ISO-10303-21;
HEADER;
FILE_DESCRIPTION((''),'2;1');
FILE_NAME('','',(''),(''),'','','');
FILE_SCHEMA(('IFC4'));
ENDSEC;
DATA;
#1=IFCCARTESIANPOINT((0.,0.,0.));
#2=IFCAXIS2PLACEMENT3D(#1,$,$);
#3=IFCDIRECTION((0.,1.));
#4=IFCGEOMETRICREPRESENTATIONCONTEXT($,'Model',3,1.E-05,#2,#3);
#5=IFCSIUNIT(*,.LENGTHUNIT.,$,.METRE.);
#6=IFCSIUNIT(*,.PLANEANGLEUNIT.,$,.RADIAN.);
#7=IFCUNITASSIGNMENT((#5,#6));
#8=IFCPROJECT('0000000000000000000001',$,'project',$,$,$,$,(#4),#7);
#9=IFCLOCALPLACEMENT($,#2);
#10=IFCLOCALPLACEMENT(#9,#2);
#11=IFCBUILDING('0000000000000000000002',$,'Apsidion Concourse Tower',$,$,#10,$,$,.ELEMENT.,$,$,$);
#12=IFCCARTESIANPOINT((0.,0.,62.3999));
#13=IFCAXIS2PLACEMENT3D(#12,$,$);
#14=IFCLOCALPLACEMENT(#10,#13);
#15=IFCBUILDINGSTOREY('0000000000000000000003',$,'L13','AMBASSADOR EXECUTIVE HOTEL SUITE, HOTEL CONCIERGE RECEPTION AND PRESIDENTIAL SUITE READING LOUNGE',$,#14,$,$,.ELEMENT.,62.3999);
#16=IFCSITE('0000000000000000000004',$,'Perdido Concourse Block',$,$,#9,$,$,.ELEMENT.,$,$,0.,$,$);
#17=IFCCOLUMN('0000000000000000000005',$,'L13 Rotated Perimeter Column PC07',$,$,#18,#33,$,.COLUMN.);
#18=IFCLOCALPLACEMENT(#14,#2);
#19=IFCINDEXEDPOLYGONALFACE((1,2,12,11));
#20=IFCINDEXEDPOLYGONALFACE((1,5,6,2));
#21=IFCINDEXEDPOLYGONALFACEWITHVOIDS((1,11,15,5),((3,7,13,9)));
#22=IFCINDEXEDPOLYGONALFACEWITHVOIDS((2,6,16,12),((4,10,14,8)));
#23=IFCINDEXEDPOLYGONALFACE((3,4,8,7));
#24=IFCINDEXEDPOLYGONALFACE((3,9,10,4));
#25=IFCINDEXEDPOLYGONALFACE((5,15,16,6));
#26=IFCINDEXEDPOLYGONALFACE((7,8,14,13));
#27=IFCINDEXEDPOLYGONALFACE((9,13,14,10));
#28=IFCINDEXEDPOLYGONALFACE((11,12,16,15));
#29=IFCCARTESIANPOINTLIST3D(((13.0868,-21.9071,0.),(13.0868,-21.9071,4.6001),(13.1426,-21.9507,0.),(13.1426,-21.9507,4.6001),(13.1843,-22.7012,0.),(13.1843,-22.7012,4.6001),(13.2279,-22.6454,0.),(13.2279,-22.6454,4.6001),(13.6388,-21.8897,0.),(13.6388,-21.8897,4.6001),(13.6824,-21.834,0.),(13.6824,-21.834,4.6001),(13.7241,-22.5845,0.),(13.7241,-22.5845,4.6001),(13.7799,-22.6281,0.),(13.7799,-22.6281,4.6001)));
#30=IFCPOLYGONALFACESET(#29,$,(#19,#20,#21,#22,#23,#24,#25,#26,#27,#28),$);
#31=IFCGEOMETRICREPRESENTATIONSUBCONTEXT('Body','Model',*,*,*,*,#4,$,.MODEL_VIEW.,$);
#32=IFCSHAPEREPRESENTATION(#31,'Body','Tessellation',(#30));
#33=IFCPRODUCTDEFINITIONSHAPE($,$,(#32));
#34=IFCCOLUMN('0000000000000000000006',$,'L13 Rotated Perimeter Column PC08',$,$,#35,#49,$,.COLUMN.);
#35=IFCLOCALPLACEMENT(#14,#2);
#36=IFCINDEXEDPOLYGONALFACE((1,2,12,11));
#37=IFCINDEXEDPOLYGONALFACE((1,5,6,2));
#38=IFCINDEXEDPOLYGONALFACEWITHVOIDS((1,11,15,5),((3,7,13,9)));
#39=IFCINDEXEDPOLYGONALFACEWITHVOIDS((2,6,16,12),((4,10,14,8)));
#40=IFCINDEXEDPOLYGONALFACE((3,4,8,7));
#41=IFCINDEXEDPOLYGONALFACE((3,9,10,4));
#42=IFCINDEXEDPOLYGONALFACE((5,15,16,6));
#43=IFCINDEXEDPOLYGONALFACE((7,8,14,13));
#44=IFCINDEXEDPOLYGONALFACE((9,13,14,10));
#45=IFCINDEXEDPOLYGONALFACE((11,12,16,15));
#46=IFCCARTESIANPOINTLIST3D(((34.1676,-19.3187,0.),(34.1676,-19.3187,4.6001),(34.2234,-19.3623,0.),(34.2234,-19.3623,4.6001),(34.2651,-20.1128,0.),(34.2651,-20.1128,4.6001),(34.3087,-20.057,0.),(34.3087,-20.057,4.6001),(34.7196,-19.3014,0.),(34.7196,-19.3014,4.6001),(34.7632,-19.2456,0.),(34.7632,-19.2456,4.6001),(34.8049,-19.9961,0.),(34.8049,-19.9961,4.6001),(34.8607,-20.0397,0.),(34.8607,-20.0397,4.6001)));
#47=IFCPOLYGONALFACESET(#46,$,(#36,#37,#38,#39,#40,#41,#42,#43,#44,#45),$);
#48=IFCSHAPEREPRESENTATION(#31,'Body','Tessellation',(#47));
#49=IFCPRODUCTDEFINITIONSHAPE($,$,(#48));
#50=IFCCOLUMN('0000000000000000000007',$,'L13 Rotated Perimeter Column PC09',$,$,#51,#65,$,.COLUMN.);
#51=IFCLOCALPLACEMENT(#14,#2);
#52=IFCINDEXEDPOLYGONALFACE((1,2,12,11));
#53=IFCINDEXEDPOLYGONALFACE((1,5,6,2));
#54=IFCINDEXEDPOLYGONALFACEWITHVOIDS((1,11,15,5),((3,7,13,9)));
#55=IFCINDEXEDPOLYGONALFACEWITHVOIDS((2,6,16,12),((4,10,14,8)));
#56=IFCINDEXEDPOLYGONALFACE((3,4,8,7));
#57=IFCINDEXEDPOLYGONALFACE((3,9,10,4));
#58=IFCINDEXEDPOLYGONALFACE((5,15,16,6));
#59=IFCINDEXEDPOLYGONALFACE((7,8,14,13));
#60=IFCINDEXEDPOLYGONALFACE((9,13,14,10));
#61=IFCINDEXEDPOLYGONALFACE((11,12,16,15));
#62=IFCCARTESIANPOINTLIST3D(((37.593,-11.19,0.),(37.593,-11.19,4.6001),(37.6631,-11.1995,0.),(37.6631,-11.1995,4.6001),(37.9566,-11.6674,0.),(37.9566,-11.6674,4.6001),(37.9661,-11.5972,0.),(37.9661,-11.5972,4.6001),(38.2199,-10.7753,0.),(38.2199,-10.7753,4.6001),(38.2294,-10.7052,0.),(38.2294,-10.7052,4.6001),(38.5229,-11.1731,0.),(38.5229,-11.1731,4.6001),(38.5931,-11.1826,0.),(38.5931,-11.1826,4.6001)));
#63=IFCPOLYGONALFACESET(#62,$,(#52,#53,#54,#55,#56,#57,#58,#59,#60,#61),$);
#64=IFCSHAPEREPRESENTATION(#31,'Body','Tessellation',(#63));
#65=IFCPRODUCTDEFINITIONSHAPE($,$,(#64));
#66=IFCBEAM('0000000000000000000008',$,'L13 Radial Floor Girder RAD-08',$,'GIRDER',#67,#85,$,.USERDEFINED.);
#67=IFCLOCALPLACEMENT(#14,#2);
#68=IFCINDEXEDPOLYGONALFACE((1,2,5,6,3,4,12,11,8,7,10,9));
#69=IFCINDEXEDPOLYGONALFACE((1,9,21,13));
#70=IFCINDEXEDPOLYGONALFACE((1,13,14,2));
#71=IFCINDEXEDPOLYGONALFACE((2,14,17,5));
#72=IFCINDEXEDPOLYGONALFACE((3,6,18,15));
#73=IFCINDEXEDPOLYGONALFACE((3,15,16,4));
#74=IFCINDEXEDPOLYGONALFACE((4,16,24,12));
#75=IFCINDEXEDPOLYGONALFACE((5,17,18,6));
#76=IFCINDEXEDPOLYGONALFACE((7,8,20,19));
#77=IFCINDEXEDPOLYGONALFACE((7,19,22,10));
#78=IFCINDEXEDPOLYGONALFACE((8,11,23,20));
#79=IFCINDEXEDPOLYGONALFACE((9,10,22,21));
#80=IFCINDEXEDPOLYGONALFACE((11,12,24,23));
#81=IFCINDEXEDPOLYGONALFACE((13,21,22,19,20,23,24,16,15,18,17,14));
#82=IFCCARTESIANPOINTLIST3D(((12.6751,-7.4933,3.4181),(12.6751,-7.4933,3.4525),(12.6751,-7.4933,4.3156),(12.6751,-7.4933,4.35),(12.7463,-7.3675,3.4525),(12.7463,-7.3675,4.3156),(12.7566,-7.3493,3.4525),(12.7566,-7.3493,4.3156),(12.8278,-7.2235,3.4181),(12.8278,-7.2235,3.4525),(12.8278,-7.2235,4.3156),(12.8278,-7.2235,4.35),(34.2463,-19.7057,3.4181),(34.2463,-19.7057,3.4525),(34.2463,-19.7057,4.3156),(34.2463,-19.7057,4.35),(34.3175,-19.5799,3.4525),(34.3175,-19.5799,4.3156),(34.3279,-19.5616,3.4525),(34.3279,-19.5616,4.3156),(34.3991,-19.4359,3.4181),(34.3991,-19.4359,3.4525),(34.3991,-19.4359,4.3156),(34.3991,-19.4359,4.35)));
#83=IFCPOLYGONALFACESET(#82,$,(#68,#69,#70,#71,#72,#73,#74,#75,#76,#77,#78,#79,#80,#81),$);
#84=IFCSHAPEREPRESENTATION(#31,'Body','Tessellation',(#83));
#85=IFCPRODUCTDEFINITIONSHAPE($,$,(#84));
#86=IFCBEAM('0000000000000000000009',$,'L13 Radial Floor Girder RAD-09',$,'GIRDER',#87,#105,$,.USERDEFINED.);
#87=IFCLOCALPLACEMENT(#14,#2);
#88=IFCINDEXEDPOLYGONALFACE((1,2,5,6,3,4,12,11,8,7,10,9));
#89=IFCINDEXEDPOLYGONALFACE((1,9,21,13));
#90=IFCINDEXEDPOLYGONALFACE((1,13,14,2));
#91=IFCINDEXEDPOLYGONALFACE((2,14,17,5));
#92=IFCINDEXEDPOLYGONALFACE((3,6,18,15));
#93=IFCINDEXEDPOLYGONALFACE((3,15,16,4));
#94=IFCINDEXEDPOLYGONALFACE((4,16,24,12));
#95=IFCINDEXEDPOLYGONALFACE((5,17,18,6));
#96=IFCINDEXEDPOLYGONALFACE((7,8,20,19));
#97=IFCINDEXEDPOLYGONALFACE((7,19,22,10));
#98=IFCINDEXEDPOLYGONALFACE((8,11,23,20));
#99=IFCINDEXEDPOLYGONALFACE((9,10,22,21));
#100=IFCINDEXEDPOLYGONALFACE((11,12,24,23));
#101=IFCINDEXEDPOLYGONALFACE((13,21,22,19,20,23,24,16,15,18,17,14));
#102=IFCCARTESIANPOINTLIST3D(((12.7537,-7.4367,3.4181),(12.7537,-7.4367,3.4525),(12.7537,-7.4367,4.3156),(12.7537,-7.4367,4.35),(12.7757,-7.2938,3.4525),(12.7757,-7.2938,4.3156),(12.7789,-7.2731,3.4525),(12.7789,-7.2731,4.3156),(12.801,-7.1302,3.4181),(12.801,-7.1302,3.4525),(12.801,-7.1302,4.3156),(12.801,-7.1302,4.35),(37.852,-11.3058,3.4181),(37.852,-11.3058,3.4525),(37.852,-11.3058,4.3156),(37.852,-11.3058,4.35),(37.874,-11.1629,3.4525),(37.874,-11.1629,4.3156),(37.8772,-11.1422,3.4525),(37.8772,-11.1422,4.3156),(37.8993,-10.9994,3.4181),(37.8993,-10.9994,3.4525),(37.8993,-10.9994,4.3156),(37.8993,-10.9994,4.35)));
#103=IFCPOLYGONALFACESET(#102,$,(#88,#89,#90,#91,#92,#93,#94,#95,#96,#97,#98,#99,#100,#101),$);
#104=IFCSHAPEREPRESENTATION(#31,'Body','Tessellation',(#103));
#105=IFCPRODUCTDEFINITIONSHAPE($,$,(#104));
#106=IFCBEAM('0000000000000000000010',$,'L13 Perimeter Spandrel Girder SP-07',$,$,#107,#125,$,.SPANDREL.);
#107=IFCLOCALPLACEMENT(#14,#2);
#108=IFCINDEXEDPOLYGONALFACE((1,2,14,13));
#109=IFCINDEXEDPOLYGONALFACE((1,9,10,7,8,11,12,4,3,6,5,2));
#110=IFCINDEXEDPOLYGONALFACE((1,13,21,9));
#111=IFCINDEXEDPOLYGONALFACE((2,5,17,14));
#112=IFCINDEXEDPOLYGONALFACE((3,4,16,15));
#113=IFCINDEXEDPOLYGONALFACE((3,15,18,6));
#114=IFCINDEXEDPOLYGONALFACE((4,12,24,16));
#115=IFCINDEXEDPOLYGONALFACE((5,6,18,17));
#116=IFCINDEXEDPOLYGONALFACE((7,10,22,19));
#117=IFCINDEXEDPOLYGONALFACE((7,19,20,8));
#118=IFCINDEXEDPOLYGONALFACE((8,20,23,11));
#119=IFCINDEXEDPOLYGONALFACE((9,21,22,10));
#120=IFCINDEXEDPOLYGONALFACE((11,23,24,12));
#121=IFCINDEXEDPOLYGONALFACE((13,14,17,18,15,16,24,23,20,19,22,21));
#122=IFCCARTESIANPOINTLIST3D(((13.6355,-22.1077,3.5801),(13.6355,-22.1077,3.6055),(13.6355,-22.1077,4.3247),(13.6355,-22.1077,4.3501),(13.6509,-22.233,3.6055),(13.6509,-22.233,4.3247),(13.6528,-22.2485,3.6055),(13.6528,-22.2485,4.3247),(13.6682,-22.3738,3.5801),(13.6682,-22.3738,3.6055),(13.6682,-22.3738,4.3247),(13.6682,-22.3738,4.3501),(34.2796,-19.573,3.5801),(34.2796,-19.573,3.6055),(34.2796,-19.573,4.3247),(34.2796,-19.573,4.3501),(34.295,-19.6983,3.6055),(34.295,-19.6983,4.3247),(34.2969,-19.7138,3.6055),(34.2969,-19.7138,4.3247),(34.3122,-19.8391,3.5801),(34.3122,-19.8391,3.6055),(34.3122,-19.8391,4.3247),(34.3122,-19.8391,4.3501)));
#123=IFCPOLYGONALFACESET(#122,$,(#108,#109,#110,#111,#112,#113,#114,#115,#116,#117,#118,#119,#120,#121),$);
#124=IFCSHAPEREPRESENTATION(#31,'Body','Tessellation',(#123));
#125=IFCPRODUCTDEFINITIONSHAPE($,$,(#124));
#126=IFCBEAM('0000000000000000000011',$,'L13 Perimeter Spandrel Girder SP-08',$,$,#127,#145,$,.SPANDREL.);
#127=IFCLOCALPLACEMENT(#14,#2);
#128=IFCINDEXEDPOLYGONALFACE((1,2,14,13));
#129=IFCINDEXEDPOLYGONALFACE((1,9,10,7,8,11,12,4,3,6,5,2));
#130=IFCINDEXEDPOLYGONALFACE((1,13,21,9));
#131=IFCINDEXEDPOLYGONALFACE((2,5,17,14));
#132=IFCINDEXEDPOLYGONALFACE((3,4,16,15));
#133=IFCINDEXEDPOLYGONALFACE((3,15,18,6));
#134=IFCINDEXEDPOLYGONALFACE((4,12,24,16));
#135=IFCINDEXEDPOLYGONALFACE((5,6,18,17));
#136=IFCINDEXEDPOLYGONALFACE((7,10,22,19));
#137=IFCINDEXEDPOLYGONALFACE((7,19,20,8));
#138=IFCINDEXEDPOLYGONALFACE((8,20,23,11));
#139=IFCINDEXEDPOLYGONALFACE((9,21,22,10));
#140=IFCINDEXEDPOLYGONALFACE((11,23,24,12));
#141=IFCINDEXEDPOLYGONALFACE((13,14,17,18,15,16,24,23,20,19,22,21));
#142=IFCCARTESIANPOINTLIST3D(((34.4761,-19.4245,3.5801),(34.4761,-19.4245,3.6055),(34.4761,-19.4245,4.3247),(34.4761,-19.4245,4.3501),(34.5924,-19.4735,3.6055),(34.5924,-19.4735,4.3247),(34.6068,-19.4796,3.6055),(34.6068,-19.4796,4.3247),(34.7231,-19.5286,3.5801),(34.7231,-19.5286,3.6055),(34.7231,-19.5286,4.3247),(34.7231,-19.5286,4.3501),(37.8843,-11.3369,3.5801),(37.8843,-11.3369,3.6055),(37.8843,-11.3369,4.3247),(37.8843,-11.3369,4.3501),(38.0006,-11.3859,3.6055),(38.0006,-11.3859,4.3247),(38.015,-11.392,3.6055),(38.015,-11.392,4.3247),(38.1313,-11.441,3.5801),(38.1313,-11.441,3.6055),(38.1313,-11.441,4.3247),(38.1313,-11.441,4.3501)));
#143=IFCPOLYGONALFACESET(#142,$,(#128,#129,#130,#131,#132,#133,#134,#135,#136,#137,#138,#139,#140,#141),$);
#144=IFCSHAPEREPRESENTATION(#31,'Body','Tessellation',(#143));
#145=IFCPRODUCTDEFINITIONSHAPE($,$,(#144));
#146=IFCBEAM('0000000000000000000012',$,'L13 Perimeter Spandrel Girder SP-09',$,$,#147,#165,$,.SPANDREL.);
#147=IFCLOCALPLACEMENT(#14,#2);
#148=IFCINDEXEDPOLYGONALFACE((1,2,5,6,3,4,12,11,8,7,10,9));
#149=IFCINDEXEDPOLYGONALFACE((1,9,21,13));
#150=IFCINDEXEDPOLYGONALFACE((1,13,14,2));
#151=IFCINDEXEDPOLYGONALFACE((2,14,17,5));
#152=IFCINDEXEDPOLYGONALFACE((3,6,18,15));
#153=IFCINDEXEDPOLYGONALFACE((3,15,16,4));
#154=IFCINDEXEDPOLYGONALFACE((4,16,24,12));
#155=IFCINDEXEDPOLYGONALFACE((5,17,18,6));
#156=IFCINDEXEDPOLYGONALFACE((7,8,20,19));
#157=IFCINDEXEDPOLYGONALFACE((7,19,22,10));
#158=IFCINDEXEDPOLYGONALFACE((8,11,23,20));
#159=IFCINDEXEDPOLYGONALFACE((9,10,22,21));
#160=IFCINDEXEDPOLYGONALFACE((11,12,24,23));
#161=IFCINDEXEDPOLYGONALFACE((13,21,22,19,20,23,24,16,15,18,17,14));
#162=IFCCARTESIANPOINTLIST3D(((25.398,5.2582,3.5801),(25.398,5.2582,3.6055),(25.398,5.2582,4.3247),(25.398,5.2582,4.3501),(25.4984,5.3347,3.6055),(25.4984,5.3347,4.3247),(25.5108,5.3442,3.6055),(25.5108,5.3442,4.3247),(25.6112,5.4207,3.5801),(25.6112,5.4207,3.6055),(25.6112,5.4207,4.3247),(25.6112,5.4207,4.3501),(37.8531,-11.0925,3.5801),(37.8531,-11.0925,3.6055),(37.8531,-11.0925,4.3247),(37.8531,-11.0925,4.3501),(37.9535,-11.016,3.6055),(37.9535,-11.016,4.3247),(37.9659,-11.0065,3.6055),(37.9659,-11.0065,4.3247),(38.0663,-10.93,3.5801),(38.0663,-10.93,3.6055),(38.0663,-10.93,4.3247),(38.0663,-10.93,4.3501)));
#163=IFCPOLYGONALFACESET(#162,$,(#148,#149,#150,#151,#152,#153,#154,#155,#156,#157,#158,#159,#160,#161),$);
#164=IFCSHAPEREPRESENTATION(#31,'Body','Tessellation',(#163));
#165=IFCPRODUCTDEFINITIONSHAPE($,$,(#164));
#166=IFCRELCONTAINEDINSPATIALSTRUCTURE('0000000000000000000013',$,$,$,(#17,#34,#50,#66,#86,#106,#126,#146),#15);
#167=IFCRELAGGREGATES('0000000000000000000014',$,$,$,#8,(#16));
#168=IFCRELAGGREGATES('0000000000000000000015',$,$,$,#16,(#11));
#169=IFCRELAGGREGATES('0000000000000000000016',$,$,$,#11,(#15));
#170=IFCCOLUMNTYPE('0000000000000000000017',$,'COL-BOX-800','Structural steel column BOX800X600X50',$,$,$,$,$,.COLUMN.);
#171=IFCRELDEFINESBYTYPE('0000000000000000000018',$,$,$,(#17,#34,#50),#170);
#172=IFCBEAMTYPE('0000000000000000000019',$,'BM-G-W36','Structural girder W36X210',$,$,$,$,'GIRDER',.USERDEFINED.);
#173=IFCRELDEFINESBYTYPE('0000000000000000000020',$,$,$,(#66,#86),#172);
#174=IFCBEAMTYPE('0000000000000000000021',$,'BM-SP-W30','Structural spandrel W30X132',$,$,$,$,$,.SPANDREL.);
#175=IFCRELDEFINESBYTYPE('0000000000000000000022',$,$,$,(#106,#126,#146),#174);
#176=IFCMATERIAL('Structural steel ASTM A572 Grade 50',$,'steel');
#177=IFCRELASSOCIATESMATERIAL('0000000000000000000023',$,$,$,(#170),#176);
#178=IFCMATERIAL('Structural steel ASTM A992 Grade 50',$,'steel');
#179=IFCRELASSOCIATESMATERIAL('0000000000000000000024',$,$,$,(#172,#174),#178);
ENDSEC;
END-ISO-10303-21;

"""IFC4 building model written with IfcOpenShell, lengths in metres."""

from ifc_helpers import new_model, si_unit, direction, frame, origin, origin_2d, place, context, subcontext, project, spatial, hollow_rectangle, i_section, extrude, material, material_profile, profile_set, type_object, element, save


model = new_model("IFC4")

# Units and contexts
model_context = context("Model", 3, precision=1e-05, world=origin(), true_north=direction((0.0, 1.0)))
body_context = subcontext(model_context, "Body", "Model", "MODEL_VIEW")
ifc_project = project(units=[si_unit("LENGTHUNIT", "METRE"), si_unit("PLANEANGLEUNIT", "RADIAN")], contexts=[model_context])

# Site, building, storey
site_placement = place(None, origin())
site = spatial("IfcSite", under=ifc_project, at=site_placement, Name="Perdido Concourse Block", CompositionType="ELEMENT", RefElevation=0.0)
building_placement = place(site_placement, origin())
building = spatial("IfcBuilding", under=site, at=building_placement, Name="Apsidion Concourse Tower", CompositionType="ELEMENT")
storey_placement = place(building_placement, frame((0.0, 0.0, 62.3999)))
storey = spatial("IfcBuildingStorey", under=building, at=storey_placement, Name="L13", Description="AMBASSADOR EXECUTIVE HOTEL SUITE, HOTEL CONCIERGE RECEPTION AND PRESIDENTIAL SUITE READING LOUNGE", CompositionType="ELEMENT", Elevation=62.3999)

# Columns
ifc_material_1 = material(Name="Structural steel ASTM A572 Grade 50", Category="steel")
ifc_material_profile_1 = material_profile(ifc_material_1, hollow_rectangle(XDim=0.6001, YDim=0.8, WallThickness=0.05, at=origin_2d()), Name="BOX800X600X50")
ifc_profile_set_1 = profile_set([ifc_material_profile_1], Name="Structural steel ASTM A572 Grade 50")
column_type = type_object("IfcColumnType", Name="COL-BOX-800", Description="Structural steel column BOX800X600X50", PredefinedType="COLUMN", material=ifc_profile_set_1)
for number, where, z_axis, x_axis, name in (
    (1, (13.4333, -22.2676, 0.0), (0.0, 0.0, 1.0), (0.992546, 0.121869, 0.0), "L13 Rotated Perimeter Column PC07"),
    (2, (34.5142, -19.6792, 0.0), (0.0, 0.0, 1.0), (0.992546, 0.121869, 0.0), "L13 Rotated Perimeter Column PC08"),
    (3, (38.093, -11.1863, 0.0), (0.0, 0.0, 1.0), (-0.605988, 0.795473, 0.0), "L13 Rotated Perimeter Column PC09"),
):
    element("IfcColumn", number, at=place(storey_placement, frame(where, z_axis=z_axis, x_axis=x_axis)), inside=storey, type_object=column_type, Name=name, PredefinedType="COLUMN", context=body_context, shape_type="SweptSolid", body=[
        extrude(hollow_rectangle(XDim=0.6001, YDim=0.8, WallThickness=0.05, at=origin_2d()), origin(), (0.0, 0.0, 1.0), 4.6001),
    ])

# Beams
ifc_material_2 = material(Name="Structural steel ASTM A992 Grade 50", Category="steel")
ifc_material_profile_2 = material_profile(ifc_material_2, i_section(OverallWidth=0.3101, OverallDepth=0.9319, WebThickness=0.021, FlangeThickness=0.0344, at=origin_2d()), Name="W36X210")
ifc_profile_set_2 = profile_set([ifc_material_profile_2], Name="Structural steel ASTM A992 Grade 50")
beam_type_1 = type_object("IfcBeamType", Name="BM-G-W36", Description="Structural girder W36X210", ElementType="GIRDER", PredefinedType="USERDEFINED", material=ifc_profile_set_2)
beam_1_placement = place(storey_placement, frame((12.7515, -7.3584, 3.884), z_axis=(0.870218, -0.492667, 0.0), x_axis=(0.492667, 0.870218, 0.0)))
element("IfcBeam", 4, at=beam_1_placement, inside=storey, type_object=beam_type_1, Name="L13 Radial Floor Girder RAD-08", ObjectType="GIRDER", PredefinedType="USERDEFINED", context=body_context, shape_type="SweptSolid", body=[
    extrude(i_section(OverallWidth=0.3101, OverallDepth=0.9319, WebThickness=0.021, FlangeThickness=0.0344, at=origin_2d()), origin(), (0.0, 0.0, 1.0), 24.7883),
])
beam_2_placement = place(storey_placement, frame((12.7773, -7.2834, 3.884), z_axis=(0.988325, -0.152359, 0.0), x_axis=(0.152359, 0.988325, 0.0)))
element("IfcBeam", 5, at=beam_2_placement, inside=storey, type_object=beam_type_1, Name="L13 Radial Floor Girder RAD-09", ObjectType="GIRDER", PredefinedType="USERDEFINED", context=body_context, shape_type="SweptSolid", body=[
    extrude(i_section(OverallWidth=0.3101, OverallDepth=0.9319, WebThickness=0.021, FlangeThickness=0.0344, at=origin_2d()), origin(), (0.0, 0.0, 1.0), 25.3948),
])
ifc_material_profile_3 = material_profile(ifc_material_2, i_section(OverallWidth=0.2681, OverallDepth=0.77, WebThickness=0.0156, FlangeThickness=0.0254, at=origin_2d()), Name="W30X132")
ifc_profile_set_3 = profile_set([ifc_material_profile_3], Name="Structural steel ASTM A992 Grade 50")
beam_type_2 = type_object("IfcBeamType", Name="BM-SP-W30", Description="Structural spandrel W30X132", PredefinedType="SPANDREL", material=ifc_profile_set_3)
beam_3_placement = place(storey_placement, frame((13.6519, -22.2407, 3.9651), z_axis=(0.992547, 0.121865, 0.0), x_axis=(-0.121865, 0.992547, 0.0)))
element("IfcBeam", 6, at=beam_3_placement, inside=storey, type_object=beam_type_2, Name="L13 Perimeter Spandrel Girder SP-07", PredefinedType="SPANDREL", context=body_context, shape_type="SweptSolid", body=[
    extrude(i_section(OverallWidth=0.2681, OverallDepth=0.77, WebThickness=0.0156, FlangeThickness=0.0254, at=origin_2d()), origin(), (0.0, 0.0, 1.0), 20.7991),
])
beam_4_placement = place(storey_placement, frame((34.5996, -19.4766, 3.9651), z_axis=(0.388336, 0.921518, 0.0), x_axis=(-0.921518, 0.388336, 0.0)))
element("IfcBeam", 7, at=beam_4_placement, inside=storey, type_object=beam_type_2, Name="L13 Perimeter Spandrel Girder SP-08", PredefinedType="SPANDREL", context=body_context, shape_type="SweptSolid", body=[
    extrude(i_section(OverallWidth=0.2681, OverallDepth=0.77, WebThickness=0.0156, FlangeThickness=0.0254, at=origin_2d()), origin(), (0.0, 0.0, 1.0), 8.7764),
])
beam_5_placement = place(storey_placement, frame((37.9597, -11.0112, 3.9651), z_axis=(-0.605966, 0.795491, 0.0), x_axis=(-0.795491, -0.605966, 0.0)))
element("IfcBeam", 8, at=beam_5_placement, inside=storey, type_object=beam_type_2, Name="L13 Perimeter Spandrel Girder SP-09", PredefinedType="SPANDREL", context=body_context, shape_type="SweptSolid", body=[
    extrude(i_section(OverallWidth=0.2681, OverallDepth=0.77, WebThickness=0.0156, FlangeThickness=0.0254, at=origin_2d()), origin(), (0.0, 0.0, 1.0), 20.5542),
])

save(model, "model.ifc")
